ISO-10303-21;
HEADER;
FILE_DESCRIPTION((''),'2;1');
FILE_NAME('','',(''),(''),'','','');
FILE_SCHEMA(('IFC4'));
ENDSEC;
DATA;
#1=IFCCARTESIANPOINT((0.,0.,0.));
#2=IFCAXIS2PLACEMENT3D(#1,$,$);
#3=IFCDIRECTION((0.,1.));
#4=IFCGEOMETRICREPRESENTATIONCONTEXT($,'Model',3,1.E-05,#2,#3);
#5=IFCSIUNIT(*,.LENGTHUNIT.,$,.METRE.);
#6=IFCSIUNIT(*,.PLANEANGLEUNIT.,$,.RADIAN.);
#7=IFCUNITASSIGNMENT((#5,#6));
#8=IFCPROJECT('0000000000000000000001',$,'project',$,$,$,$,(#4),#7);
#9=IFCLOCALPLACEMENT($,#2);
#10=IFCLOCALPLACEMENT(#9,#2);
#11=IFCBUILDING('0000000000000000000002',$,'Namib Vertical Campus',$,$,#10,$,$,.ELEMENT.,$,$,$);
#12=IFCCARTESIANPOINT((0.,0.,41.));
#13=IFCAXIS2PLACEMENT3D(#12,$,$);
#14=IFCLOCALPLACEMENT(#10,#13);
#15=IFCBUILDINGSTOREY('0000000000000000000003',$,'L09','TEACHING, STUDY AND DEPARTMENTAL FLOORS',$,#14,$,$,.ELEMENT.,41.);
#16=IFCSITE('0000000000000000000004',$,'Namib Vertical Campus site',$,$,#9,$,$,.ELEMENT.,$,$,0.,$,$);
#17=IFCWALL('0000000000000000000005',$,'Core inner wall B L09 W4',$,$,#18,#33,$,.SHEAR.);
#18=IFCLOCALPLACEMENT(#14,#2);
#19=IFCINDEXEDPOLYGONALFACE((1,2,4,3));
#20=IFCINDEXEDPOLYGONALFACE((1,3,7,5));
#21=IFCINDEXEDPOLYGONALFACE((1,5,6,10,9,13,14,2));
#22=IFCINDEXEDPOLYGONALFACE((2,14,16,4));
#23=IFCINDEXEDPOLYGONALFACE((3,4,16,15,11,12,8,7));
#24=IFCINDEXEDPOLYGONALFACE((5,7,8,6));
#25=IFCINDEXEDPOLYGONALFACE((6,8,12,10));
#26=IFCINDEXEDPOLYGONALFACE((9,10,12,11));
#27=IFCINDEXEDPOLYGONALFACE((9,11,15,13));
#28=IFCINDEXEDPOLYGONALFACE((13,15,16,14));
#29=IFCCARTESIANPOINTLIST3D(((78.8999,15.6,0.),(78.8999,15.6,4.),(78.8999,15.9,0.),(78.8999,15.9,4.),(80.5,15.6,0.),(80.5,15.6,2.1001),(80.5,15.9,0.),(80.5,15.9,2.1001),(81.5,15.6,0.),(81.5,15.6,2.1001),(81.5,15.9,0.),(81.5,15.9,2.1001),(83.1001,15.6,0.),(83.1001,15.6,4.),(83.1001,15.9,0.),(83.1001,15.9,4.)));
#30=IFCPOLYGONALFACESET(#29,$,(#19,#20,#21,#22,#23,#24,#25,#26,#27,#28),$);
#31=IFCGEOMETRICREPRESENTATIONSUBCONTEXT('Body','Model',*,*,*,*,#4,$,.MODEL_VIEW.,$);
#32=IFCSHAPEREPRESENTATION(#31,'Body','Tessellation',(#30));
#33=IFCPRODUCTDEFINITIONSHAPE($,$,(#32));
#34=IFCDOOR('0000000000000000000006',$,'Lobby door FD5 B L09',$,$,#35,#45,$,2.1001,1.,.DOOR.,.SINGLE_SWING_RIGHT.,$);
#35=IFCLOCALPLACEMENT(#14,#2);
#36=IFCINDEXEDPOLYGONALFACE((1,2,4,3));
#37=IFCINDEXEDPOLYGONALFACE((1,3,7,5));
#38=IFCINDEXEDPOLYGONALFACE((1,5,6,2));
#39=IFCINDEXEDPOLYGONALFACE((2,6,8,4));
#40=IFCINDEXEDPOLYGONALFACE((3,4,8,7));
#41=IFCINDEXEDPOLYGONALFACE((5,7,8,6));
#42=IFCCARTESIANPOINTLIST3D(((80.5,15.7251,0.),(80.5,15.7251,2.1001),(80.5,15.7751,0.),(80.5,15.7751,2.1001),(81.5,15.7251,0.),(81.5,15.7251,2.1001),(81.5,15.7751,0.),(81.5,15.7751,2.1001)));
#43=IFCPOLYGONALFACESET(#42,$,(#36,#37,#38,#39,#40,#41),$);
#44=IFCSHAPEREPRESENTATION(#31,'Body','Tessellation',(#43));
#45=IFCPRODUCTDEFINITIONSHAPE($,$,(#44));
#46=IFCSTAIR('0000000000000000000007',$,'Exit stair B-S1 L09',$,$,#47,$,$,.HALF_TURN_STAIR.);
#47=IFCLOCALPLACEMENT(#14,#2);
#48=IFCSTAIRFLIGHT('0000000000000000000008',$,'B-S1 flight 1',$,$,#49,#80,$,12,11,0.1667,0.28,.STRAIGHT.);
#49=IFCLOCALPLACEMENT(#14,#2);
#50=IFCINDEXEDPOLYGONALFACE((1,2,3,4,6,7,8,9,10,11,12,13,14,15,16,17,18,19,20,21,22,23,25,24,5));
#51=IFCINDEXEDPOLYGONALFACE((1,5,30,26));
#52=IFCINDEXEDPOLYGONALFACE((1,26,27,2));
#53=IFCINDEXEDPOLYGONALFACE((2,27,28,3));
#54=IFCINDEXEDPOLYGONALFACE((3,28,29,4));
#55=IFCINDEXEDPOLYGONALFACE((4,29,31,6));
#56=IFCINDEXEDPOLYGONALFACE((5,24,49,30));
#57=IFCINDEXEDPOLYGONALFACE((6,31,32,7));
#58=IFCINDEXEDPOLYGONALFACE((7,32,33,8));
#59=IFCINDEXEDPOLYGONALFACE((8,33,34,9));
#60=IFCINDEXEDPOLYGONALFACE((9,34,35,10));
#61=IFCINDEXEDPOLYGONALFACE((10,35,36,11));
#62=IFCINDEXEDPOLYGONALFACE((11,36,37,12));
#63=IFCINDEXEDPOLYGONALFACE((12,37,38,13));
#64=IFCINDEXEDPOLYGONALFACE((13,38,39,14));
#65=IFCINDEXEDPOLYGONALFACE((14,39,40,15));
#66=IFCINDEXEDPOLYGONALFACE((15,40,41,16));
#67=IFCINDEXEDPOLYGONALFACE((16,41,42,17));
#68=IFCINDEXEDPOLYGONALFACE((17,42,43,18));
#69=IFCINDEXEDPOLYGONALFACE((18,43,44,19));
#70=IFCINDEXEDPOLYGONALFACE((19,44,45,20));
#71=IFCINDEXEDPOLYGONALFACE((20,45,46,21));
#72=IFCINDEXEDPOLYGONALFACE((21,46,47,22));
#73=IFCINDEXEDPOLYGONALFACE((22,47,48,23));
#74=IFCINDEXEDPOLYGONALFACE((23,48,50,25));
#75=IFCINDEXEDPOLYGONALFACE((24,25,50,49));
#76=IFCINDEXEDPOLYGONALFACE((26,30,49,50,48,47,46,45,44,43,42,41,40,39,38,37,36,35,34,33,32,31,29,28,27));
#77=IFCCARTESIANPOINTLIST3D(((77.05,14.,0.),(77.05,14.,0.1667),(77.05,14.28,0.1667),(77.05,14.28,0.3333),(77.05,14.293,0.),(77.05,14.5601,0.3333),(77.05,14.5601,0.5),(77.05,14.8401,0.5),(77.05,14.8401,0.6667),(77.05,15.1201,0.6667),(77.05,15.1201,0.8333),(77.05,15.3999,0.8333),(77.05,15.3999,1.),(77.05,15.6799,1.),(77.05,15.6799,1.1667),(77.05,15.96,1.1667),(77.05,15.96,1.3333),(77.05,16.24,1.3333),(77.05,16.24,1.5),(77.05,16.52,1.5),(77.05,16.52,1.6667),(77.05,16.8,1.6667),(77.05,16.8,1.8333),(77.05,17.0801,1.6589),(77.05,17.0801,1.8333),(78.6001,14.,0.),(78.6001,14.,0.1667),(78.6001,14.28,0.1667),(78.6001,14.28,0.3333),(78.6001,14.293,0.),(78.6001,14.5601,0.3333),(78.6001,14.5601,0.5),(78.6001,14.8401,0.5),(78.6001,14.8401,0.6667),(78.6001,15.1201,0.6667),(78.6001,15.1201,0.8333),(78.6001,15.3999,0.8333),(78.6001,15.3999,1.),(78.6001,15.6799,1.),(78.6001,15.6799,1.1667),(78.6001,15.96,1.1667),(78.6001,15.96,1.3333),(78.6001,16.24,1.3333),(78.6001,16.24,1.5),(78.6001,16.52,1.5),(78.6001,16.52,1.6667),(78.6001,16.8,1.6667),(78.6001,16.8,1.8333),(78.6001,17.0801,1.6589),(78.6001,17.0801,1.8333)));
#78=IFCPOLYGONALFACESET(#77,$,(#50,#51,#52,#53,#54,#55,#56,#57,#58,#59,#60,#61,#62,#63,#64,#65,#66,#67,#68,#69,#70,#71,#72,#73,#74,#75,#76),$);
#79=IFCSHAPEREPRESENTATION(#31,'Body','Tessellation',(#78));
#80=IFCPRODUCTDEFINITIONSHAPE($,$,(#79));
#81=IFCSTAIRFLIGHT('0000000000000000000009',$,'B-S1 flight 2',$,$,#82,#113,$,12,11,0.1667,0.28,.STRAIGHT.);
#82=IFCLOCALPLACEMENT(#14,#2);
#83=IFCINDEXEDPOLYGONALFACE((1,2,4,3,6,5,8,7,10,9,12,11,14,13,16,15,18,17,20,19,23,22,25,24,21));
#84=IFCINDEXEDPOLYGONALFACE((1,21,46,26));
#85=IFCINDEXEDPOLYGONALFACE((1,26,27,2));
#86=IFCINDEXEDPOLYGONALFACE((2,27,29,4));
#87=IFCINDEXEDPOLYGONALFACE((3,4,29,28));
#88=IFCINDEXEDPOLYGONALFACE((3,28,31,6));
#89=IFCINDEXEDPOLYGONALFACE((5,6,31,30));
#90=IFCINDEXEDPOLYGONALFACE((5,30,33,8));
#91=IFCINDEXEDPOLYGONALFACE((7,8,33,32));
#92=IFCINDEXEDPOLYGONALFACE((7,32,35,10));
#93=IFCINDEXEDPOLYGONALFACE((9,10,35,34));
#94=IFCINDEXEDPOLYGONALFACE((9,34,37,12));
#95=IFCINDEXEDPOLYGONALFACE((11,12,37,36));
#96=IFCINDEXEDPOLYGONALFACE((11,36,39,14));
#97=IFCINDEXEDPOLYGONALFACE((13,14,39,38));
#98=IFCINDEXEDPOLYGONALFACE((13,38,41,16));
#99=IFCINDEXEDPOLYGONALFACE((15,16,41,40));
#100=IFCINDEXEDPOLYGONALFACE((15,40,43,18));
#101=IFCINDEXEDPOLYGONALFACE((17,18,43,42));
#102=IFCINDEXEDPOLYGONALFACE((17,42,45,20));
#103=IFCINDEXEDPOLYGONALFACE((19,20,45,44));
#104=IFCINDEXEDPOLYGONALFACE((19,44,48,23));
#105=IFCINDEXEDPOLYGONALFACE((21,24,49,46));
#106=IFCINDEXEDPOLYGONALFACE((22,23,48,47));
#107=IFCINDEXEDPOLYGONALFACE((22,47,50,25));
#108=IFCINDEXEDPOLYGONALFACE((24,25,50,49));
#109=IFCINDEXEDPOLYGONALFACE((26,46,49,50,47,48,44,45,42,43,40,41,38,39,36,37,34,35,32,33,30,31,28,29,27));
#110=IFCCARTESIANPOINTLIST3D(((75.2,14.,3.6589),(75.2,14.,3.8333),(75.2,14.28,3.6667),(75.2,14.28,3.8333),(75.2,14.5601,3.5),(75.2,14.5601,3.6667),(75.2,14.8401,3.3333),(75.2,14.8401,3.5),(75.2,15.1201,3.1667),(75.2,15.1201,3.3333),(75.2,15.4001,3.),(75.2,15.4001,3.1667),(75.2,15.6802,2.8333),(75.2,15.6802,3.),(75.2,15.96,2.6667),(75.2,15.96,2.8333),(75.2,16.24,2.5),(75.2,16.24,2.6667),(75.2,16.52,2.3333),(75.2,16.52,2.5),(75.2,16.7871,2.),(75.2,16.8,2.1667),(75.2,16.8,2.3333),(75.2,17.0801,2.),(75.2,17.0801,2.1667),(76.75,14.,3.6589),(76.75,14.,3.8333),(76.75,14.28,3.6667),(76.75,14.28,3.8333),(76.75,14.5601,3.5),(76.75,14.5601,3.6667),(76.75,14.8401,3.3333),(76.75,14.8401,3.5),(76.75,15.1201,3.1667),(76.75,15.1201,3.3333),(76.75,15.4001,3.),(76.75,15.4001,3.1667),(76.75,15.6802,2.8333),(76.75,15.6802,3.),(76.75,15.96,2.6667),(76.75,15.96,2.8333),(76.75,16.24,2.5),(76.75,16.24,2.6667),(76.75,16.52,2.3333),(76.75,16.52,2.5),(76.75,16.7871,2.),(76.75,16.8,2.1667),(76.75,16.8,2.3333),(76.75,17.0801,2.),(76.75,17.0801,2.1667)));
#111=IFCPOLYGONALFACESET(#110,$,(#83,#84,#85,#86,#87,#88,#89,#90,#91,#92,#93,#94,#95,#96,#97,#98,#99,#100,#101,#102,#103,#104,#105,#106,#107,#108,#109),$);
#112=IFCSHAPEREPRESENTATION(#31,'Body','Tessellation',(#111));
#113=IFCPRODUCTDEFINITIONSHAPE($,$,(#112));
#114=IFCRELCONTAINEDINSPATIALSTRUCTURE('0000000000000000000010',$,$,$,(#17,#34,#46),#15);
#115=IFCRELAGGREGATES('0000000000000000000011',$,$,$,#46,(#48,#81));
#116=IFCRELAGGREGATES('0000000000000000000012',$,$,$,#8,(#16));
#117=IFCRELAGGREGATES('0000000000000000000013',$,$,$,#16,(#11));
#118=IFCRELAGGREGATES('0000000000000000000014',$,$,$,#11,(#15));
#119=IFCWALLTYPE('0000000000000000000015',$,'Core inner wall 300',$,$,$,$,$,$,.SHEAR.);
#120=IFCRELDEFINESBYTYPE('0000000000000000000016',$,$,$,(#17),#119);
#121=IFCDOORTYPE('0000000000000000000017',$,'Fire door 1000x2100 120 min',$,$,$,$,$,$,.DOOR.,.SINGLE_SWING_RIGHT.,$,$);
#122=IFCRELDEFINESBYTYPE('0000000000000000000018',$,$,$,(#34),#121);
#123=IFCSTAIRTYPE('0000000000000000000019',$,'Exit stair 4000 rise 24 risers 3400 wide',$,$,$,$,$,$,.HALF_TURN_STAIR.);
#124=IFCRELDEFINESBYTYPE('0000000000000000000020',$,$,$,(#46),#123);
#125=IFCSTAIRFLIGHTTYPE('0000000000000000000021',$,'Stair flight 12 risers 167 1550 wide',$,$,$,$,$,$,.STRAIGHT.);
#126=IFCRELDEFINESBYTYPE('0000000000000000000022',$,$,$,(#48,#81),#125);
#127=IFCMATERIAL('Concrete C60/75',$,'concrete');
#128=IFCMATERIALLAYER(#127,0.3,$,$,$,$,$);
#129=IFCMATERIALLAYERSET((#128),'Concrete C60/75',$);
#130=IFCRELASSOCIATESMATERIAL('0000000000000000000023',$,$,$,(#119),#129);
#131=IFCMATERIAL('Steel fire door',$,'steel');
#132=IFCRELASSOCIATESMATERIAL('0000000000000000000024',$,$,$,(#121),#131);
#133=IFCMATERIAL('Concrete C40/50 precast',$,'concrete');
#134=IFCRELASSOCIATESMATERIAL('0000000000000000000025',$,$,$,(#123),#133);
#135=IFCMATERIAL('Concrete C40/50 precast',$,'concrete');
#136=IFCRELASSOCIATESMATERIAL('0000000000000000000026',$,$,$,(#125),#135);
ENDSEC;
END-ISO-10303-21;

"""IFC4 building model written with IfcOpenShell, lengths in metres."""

from ifc_helpers import new_model, si_unit, direction, frame, frame_2d, origin, place, context, subcontext, project, spatial, polyline, rectangle, outline, extrude, material, layer, layer_set, type_object, element, fill, aggregate, save


model = new_model("IFC4")

# Units and contexts
model_context = context("Model", 3, precision=1e-05, world=origin(), true_north=direction((0.0, 1.0)))
body_context = subcontext(model_context, "Body", "Model", "MODEL_VIEW")
ifc_project = project(units=[si_unit("LENGTHUNIT", "METRE"), si_unit("PLANEANGLEUNIT", "RADIAN")], contexts=[model_context])

# Site, building, storey
site_placement = place(None, origin())
site = spatial("IfcSite", under=ifc_project, at=site_placement, Name="Namib Vertical Campus site", CompositionType="ELEMENT", RefElevation=0.0)
building_placement = place(site_placement, origin())
building = spatial("IfcBuilding", under=site, at=building_placement, Name="Namib Vertical Campus", CompositionType="ELEMENT")
storey_placement = place(building_placement, frame((0.0, 0.0, 41.0)))
storey = spatial("IfcBuildingStorey", under=building, at=storey_placement, Name="L09", Description="TEACHING, STUDY AND DEPARTMENTAL FLOORS", CompositionType="ELEMENT", Elevation=41.0)

# Shared definitions
ifc_material_1 = material(Name="Concrete C60/75", Category="concrete")
ifc_layer = layer(ifc_material_1, 0.3)
ifc_layer_set = layer_set([ifc_layer], Name="Concrete C60/75")
wall_type = type_object("IfcWallType", Name="Core inner wall 300", PredefinedType="SHEAR", material=ifc_layer_set)

# Wall, opening, door
wall_1_placement = place(storey_placement, frame((78.8999, 15.75, 0.0), z_axis=(0.0, 0.0, 1.0), x_axis=(1.0, 0.0, 0.0)))
wall_1 = element("IfcWall", 1, at=wall_1_placement, inside=storey, type_object=wall_type, Name="Core inner wall B L09 W4", PredefinedType="SHEAR", context=body_context, shape_type="SweptSolid", body=[
    extrude(rectangle(XDim=4.2002, YDim=0.3, at=frame_2d((2.1001, 0.0))), origin(), (0.0, 0.0, 1.0), 4.0),
])
opening_1_placement = place(wall_1_placement, frame((1.6001, 0.0, 0.0)))
opening_1 = element("IfcOpeningElement", 2, at=opening_1_placement, cuts=wall_1, PredefinedType="OPENING", context=body_context, shape_type="SweptSolid", body=[
    extrude(rectangle(XDim=1.0, YDim=2.1001, at=frame_2d((0.5, 1.05))), frame((0.0, 0.1599, 0.0), z_axis=(0.0, -1.0, 0.0), x_axis=(1.0, 0.0, 0.0)), (0.0, 0.0, 1.0), 0.3201),
])
ifc_material_2 = material(Name="Steel fire door", Category="steel")
door_type_1 = type_object("IfcDoorType", Name="Fire door 1000x2100 120 min", OperationType="SINGLE_SWING_RIGHT", PredefinedType="DOOR", material=ifc_material_2)
door_1_placement = place(opening_1_placement, frame((1.0, 0.0, 0.0), z_axis=(0.0, 0.0, 1.0), x_axis=(-1.0, 0.0, 0.0)))
door_1 = element("IfcDoor", 3, at=door_1_placement, inside=storey, type_object=door_type_1, Name="Lobby door FD5 B L09", OperationType="SINGLE_SWING_RIGHT", OverallHeight=2.1001, OverallWidth=1.0, PredefinedType="DOOR", context=body_context, shape_type="SweptSolid", body=[
    extrude(rectangle(XDim=1.0, YDim=2.1001, at=frame_2d((0.5, 1.05))), frame((0.0, 0.0249, 0.0), z_axis=(0.0, -1.0, 0.0), x_axis=(1.0, 0.0, 0.0)), (0.0, 0.0, 1.0), 0.05),
])
fill(opening_1, door_1)

# Stair, stair flights
ifc_material_3 = material(Name="Concrete C40/50 precast", Category="concrete")
stair_type = type_object("IfcStairType", Name="Exit stair 4000 rise 24 risers 3400 wide", PredefinedType="HALF_TURN_STAIR", material=ifc_material_3)
stair_placement = place(storey_placement, origin())
stair = element("IfcStair", 4, at=stair_placement, inside=storey, type_object=stair_type, Name="Exit stair B-S1 L09", PredefinedType="HALF_TURN_STAIR")
ifc_material_4 = material(Name="Concrete C40/50 precast", Category="concrete")
stair_flight_type = type_object("IfcStairFlightType", Name="Stair flight 12 risers 167 1550 wide", PredefinedType="STRAIGHT", material=ifc_material_4)
stair_flight_1_placement = place(storey_placement, frame((77.825, 14.0, 0.0), z_axis=(0.0, 0.0, 1.0), x_axis=(0.0, 1.0, 0.0)))
stair_flight_1 = element("IfcStairFlight", 5, at=stair_flight_1_placement, type_object=stair_flight_type, Name="B-S1 flight 1", NumberOfRisers=12, NumberOfTreads=11, PredefinedType="STRAIGHT", RiserHeight=0.1667, TreadLength=0.28, context=body_context, shape_type="SweptSolid", body=[
    extrude(outline(polyline([(0.0, 0.0), (0.0, 0.1667), (0.28, 0.1667), (0.28, 0.3333), (0.5601, 0.3333), (0.5601, 0.5), (0.8401, 0.5), (0.8401, 0.6667), (1.1201, 0.6667), (1.1201, 0.8333), (1.3999, 0.8333), (1.3999, 1.0), (1.6799, 1.0), (1.6799, 1.1667), (1.96, 1.1667), (1.96, 1.3333), (2.24, 1.3333), (2.24, 1.5), (2.52, 1.5), (2.52, 1.6667), (2.8, 1.6667), (2.8, 1.8333), (3.0801, 1.8333), (3.0801, 2.0), (3.0801, 1.6589), (0.293, 0.0), (0.0, 0.0)])), frame((0.0, 0.7749, 0.0), z_axis=(0.0, -1.0, 0.0), x_axis=(1.0, 0.0, 0.0)), (0.0, 0.0, 1.0), 1.55),
])
stair_flight_2_placement = place(storey_placement, frame((75.9751, 17.0801, 2.0), z_axis=(0.0, 0.0, 1.0), x_axis=(0.0, -1.0, 0.0)))
stair_flight_2 = element("IfcStairFlight", 6, at=stair_flight_2_placement, type_object=stair_flight_type, Name="B-S1 flight 2", NumberOfRisers=12, NumberOfTreads=11, PredefinedType="STRAIGHT", RiserHeight=0.1667, TreadLength=0.28, context=body_context, shape_type="SweptSolid", body=[
    extrude(outline(polyline([(0.0, 0.0), (0.0, 0.1667), (0.28, 0.1667), (0.28, 0.3333), (0.5601, 0.3333), (0.5601, 0.5), (0.8401, 0.5), (0.8401, 0.6667), (1.1201, 0.6667), (1.1201, 0.8333), (1.3999, 0.8333), (1.3999, 1.0), (1.6799, 1.0), (1.6799, 1.1667), (1.96, 1.1667), (1.96, 1.3333), (2.24, 1.3333), (2.24, 1.5), (2.52, 1.5), (2.52, 1.6667), (2.8, 1.6667), (2.8, 1.8333), (3.0801, 1.8333), (3.0801, 2.0), (3.0801, 1.6589), (0.293, 0.0), (0.0, 0.0)])), frame((0.0, 0.7749, 0.0), z_axis=(0.0, -1.0, 0.0), x_axis=(1.0, 0.0, 0.0)), (0.0, 0.0, 1.0), 1.55),
])
aggregate(stair, [stair_flight_1, stair_flight_2])

save(model, "model.ifc")
